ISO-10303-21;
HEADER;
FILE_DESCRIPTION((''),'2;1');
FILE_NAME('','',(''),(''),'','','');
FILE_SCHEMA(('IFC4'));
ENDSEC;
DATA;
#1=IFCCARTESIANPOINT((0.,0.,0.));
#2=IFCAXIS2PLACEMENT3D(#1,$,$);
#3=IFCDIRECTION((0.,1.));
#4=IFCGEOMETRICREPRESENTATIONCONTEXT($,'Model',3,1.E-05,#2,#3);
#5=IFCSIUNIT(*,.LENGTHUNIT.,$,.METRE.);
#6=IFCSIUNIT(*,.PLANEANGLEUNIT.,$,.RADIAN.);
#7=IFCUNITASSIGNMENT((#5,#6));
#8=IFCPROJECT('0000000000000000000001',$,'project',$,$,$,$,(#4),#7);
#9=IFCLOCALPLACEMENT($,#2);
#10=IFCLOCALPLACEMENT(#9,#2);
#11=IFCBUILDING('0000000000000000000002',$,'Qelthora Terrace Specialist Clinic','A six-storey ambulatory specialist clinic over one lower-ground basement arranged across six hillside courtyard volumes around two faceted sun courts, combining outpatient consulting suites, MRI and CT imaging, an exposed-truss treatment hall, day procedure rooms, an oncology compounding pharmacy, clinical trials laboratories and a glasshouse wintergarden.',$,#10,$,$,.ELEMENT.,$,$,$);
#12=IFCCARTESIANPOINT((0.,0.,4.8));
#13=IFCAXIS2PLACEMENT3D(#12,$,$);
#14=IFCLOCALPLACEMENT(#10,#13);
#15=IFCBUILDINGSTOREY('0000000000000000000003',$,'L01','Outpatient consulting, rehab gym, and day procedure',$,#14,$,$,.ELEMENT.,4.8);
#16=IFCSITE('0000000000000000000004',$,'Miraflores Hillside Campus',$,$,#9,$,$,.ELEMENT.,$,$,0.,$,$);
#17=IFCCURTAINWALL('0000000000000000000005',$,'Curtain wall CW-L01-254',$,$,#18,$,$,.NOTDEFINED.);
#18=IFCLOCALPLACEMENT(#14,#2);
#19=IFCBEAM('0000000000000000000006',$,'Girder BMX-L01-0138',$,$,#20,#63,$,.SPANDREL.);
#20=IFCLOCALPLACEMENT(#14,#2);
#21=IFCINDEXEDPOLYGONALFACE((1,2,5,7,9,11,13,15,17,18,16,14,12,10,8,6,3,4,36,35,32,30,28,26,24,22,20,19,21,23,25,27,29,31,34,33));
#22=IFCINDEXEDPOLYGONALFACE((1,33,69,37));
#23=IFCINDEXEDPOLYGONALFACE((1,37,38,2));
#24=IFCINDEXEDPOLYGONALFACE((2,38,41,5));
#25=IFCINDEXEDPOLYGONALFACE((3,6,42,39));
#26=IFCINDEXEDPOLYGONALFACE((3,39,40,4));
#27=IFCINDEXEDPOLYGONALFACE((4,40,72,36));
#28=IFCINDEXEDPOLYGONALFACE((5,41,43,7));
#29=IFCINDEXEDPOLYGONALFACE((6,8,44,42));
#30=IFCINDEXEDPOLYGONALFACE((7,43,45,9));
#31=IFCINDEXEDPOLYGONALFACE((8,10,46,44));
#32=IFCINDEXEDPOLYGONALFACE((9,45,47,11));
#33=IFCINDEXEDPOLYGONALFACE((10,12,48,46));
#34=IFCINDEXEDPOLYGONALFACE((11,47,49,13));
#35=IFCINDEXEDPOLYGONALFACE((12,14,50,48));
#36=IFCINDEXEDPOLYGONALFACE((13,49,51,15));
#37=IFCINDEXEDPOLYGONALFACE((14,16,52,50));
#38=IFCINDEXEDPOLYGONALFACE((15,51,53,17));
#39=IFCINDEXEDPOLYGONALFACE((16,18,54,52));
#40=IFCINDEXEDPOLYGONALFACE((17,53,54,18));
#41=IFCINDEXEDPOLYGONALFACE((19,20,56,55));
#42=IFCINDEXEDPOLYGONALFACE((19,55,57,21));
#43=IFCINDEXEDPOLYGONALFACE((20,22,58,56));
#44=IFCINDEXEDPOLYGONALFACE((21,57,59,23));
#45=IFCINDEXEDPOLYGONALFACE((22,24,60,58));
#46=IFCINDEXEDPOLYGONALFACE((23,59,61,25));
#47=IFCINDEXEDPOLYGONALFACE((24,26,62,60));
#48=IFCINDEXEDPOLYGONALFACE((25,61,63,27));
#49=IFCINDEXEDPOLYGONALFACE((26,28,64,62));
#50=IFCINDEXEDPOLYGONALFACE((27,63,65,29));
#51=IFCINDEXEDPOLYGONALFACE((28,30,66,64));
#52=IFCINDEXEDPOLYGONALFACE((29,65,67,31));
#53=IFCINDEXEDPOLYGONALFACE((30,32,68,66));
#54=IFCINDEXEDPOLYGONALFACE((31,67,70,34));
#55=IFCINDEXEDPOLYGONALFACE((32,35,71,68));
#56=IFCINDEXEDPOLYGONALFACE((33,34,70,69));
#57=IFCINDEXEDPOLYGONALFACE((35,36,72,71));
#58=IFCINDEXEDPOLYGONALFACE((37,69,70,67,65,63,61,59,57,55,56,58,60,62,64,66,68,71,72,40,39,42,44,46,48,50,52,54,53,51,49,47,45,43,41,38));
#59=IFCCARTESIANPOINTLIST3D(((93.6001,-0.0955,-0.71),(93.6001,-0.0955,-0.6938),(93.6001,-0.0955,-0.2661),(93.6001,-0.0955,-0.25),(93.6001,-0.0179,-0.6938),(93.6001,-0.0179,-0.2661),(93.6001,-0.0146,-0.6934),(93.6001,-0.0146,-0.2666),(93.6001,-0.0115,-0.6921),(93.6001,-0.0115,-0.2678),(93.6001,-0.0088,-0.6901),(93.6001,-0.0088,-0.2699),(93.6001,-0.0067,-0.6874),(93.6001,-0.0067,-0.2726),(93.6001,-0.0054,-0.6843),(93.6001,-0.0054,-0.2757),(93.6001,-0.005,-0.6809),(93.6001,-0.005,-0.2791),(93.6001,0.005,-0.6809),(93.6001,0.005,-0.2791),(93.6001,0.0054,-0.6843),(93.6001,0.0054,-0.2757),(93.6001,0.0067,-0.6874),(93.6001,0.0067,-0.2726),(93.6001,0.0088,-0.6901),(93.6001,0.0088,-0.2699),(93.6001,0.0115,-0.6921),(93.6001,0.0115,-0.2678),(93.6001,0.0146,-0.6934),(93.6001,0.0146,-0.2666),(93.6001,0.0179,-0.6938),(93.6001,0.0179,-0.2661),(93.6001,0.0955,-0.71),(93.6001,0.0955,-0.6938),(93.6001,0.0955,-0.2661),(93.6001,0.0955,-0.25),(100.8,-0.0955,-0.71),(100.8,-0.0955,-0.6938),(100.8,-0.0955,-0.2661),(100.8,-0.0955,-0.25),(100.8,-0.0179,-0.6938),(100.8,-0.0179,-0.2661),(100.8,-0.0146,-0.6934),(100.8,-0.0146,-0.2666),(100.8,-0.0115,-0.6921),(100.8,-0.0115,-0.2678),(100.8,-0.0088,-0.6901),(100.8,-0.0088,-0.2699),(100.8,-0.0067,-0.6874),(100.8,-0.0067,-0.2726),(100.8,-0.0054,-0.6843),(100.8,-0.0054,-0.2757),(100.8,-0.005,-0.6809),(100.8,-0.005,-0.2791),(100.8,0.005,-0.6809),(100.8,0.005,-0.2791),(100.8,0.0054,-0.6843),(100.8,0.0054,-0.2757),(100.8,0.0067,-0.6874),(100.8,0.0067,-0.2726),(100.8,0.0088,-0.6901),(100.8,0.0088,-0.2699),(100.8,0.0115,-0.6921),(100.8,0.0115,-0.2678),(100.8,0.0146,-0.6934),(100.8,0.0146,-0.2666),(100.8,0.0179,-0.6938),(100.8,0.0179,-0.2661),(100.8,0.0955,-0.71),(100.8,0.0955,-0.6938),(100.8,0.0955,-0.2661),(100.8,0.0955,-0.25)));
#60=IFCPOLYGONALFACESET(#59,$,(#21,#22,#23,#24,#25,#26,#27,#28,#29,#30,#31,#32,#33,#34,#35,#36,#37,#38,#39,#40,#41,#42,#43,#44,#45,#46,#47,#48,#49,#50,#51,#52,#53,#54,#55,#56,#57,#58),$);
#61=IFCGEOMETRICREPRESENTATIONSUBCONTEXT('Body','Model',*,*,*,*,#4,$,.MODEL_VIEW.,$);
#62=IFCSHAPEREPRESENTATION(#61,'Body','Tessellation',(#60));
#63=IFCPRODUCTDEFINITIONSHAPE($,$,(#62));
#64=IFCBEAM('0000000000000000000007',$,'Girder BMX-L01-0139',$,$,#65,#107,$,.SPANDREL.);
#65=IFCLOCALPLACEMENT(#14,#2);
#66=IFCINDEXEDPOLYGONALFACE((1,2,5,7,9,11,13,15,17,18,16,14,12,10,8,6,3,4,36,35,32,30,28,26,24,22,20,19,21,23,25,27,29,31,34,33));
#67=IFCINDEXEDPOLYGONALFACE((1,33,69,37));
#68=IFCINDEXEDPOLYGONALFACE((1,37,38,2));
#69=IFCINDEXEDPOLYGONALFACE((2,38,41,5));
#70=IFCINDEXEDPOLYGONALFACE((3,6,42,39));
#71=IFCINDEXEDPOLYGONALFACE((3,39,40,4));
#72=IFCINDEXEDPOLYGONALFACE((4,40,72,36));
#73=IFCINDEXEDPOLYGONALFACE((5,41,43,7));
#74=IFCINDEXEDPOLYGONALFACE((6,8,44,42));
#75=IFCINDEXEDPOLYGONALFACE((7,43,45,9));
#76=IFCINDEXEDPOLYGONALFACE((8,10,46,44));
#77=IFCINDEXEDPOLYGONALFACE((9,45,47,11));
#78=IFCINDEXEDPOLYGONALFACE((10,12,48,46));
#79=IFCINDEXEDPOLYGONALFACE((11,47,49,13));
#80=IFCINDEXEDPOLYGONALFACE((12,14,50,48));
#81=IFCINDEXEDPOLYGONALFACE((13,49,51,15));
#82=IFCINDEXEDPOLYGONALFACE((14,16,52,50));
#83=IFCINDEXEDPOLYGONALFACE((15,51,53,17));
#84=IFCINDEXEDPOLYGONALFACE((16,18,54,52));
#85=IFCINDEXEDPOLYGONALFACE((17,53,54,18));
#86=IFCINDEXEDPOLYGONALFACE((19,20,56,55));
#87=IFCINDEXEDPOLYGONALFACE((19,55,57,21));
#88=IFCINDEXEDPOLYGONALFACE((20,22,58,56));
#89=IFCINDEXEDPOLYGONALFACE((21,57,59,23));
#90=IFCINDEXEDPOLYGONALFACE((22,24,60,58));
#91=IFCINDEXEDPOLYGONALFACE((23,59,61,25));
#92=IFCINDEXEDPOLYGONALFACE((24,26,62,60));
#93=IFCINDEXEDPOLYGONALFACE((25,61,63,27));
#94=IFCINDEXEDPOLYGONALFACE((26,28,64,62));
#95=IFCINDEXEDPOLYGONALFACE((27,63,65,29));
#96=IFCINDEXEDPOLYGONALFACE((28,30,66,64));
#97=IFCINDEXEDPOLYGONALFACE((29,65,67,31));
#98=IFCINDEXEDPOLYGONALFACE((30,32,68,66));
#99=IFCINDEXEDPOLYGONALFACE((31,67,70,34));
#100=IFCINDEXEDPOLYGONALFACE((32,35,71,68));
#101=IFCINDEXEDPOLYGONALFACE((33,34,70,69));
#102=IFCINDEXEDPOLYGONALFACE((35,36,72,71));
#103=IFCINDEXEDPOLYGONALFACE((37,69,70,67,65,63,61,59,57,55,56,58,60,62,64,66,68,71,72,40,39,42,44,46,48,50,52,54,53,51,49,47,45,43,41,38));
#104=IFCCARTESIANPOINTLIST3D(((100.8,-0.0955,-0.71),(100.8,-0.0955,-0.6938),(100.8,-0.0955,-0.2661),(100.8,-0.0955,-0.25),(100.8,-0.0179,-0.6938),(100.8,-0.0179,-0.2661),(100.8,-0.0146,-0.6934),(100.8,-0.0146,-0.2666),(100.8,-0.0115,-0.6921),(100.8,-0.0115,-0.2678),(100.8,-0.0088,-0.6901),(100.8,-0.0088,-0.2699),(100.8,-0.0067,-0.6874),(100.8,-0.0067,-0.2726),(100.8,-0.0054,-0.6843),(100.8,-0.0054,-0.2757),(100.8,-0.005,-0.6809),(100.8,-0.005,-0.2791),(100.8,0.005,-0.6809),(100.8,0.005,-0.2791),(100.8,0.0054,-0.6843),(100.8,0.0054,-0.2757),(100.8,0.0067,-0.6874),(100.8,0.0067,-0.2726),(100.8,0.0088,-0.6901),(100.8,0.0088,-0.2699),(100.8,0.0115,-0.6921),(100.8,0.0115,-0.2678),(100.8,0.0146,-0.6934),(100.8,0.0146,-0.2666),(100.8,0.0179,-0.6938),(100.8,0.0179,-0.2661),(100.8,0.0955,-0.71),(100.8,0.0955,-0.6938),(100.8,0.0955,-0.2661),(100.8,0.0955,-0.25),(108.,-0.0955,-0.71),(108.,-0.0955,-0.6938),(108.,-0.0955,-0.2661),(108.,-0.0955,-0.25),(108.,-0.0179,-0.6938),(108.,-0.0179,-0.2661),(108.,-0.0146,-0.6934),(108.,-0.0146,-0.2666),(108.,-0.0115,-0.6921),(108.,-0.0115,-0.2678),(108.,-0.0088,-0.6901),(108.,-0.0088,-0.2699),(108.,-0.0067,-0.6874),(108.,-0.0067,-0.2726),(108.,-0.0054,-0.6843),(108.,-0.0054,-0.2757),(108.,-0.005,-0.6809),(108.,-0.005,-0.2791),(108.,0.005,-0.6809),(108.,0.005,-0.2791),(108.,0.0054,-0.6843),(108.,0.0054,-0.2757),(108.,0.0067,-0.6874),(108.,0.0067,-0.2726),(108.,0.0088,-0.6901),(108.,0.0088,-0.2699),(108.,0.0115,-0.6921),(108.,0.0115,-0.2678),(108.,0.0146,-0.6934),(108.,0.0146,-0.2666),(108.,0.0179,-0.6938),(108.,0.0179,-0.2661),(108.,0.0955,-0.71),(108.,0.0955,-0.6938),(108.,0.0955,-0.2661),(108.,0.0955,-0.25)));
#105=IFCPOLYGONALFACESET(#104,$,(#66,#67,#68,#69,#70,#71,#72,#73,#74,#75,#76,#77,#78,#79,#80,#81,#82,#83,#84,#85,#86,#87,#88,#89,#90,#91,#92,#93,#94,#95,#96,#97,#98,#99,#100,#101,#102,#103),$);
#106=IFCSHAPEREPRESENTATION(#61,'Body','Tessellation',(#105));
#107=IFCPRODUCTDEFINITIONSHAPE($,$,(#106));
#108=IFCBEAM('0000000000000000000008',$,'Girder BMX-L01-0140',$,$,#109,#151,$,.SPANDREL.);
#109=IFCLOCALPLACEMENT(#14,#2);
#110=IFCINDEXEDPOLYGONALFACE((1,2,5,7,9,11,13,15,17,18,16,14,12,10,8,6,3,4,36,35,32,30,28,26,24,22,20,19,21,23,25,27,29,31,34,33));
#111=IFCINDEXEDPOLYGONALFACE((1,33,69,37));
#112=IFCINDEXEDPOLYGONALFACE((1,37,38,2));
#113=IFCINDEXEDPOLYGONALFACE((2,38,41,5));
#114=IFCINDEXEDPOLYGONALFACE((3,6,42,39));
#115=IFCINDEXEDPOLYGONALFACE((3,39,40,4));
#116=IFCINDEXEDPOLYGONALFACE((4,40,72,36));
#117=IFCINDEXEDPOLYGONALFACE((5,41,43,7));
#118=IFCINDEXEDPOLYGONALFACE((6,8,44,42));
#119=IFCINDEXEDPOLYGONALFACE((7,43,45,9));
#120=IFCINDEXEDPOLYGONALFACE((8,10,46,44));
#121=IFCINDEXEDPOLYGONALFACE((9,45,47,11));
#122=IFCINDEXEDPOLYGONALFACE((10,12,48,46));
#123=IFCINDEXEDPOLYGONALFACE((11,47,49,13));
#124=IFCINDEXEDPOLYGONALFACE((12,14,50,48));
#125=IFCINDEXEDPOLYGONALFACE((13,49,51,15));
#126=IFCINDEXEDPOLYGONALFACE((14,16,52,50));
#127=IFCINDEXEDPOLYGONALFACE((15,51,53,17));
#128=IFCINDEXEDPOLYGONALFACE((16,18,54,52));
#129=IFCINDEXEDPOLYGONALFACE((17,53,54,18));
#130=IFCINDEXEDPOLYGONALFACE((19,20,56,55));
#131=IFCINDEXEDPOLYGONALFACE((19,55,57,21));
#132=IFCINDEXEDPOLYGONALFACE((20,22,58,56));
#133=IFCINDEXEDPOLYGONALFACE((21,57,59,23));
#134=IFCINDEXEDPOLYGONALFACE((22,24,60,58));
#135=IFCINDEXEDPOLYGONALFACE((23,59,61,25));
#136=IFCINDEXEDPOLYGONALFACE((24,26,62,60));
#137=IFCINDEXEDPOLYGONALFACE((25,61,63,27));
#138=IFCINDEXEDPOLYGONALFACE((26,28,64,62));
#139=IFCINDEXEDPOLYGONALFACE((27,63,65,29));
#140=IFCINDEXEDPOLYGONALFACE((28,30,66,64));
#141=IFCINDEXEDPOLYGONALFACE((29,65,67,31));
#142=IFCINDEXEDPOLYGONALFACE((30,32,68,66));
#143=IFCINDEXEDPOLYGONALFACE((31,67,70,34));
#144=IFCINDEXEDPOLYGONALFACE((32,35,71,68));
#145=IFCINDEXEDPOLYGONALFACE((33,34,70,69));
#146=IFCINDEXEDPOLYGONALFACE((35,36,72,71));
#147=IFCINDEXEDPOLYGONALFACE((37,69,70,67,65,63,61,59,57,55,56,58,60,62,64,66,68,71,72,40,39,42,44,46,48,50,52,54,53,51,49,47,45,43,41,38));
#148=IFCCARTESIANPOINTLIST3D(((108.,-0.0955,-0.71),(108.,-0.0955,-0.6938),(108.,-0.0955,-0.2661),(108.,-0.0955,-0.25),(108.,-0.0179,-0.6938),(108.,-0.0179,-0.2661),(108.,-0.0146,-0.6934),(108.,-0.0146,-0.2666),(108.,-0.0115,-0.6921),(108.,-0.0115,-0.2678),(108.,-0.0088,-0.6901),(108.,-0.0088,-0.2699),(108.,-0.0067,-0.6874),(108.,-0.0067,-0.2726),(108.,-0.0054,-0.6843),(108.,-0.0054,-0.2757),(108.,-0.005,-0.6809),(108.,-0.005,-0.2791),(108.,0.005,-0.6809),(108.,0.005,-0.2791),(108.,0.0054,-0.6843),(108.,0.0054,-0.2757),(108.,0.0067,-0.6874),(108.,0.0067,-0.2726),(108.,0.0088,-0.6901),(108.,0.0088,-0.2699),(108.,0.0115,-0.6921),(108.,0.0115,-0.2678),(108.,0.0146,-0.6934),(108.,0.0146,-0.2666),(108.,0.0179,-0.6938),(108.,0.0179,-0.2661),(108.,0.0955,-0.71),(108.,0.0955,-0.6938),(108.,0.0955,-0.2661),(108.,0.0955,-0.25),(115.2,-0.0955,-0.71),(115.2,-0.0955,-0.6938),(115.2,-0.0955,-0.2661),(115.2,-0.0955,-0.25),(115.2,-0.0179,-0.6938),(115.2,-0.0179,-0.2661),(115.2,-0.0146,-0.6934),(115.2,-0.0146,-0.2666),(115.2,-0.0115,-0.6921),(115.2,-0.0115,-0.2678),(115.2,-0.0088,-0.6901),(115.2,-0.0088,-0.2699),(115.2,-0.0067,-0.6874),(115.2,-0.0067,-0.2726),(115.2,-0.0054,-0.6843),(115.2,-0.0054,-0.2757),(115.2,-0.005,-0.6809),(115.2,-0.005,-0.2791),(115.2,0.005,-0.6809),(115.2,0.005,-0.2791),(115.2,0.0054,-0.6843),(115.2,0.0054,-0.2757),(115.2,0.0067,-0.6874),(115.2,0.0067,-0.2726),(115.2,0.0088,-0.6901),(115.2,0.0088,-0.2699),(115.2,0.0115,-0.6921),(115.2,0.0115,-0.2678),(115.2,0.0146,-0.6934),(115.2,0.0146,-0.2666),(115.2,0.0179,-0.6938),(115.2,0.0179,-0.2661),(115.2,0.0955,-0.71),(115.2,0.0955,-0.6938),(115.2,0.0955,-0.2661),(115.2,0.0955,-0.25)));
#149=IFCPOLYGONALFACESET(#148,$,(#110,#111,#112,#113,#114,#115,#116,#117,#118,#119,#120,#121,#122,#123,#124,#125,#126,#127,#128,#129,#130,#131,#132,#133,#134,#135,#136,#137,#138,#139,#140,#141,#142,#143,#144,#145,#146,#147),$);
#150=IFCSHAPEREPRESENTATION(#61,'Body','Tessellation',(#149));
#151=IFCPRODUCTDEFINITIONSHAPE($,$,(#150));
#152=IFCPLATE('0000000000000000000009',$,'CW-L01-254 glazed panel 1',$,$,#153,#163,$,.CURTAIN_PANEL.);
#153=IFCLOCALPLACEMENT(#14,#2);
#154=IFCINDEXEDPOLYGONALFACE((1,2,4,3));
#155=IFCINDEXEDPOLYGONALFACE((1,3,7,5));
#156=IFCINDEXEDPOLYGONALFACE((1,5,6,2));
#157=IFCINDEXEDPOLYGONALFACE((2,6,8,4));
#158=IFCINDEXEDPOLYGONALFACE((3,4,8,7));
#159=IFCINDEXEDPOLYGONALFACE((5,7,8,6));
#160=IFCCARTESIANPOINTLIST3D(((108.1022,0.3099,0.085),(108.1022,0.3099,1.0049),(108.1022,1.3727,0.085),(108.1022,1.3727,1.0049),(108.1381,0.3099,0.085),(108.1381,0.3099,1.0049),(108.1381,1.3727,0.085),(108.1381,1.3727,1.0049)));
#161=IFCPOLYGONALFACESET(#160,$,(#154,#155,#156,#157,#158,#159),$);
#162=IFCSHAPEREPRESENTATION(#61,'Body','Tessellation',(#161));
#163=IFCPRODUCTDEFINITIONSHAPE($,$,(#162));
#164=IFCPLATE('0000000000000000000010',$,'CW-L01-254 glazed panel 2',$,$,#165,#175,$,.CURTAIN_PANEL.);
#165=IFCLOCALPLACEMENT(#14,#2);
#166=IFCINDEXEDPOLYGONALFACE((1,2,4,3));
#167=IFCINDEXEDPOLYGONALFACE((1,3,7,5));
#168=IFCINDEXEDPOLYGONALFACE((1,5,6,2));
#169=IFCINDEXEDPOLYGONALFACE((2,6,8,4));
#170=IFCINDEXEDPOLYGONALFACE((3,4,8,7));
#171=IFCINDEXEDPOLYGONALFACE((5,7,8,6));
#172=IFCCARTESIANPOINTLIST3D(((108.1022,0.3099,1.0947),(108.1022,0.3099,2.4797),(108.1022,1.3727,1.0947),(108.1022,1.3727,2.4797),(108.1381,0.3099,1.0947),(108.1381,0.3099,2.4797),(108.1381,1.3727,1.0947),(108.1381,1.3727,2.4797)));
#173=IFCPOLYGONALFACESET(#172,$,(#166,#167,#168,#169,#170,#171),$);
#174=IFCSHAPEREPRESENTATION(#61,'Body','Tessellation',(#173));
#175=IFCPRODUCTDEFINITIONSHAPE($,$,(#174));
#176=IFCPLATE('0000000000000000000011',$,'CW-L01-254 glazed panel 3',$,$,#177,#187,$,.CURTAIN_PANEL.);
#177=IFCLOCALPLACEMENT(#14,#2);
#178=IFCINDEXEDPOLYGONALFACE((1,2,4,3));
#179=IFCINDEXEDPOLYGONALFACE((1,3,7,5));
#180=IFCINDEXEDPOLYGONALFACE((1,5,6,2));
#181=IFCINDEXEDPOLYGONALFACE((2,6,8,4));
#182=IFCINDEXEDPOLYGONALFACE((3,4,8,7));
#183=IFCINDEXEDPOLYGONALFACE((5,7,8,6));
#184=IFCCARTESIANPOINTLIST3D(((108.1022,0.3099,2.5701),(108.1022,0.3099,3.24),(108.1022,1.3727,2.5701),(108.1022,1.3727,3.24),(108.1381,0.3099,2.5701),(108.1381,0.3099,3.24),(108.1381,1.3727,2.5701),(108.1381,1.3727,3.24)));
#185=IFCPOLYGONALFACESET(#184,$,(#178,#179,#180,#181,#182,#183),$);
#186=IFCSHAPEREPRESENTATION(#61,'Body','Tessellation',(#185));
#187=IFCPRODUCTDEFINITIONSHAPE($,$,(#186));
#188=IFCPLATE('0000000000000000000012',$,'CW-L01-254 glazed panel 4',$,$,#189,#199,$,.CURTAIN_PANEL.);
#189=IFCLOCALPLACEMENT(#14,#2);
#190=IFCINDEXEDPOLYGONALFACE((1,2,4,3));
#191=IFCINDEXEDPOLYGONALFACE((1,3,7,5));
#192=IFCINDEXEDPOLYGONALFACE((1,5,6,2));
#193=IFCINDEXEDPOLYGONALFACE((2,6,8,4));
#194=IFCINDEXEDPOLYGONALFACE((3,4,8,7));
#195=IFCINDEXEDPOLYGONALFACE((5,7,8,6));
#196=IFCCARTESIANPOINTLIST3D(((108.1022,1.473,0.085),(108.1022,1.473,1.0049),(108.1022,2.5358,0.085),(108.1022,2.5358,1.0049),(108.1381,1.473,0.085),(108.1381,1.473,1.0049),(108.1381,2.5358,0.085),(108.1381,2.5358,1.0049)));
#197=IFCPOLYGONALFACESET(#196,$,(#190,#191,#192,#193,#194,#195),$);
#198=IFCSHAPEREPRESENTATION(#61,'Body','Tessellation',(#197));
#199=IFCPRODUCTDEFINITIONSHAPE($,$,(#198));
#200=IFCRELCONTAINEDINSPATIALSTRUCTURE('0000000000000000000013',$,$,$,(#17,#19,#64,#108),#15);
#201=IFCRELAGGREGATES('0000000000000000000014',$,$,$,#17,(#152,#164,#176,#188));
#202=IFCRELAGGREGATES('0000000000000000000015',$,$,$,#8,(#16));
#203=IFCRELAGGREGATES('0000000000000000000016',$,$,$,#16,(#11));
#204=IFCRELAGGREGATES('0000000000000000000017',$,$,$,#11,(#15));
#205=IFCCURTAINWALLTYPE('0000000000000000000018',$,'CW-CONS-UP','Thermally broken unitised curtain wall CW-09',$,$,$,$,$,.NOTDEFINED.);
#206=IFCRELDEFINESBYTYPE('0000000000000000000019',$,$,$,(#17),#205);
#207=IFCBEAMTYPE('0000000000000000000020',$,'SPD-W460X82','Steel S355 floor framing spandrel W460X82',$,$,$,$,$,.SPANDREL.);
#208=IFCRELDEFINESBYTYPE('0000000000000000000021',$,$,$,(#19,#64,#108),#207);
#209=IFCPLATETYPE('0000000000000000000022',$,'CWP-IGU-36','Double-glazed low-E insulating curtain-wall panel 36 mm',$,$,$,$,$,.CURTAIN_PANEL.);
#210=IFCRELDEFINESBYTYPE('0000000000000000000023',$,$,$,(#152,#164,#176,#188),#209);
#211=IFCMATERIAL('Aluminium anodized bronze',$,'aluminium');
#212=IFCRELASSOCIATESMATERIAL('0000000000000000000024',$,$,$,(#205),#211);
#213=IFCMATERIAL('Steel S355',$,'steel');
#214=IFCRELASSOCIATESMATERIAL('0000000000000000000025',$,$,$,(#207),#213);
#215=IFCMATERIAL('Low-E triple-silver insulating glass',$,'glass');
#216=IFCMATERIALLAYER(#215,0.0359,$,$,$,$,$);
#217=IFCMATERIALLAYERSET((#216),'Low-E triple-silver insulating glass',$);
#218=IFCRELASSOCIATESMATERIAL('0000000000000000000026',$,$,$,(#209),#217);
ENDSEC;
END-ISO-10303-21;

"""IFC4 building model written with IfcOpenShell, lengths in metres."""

from ifc_helpers import new_model, si_unit, direction, frame, origin, origin_2d, place, context, subcontext, project, spatial, rectangle, i_section, extrude, material, layer, layer_set, material_profile, profile_set, type_object, element, aggregate, save


model = new_model("IFC4")

# Units and contexts
model_context = context("Model", 3, precision=1e-05, world=origin(), true_north=direction((0.0, 1.0)))
body_context = subcontext(model_context, "Body", "Model", "MODEL_VIEW")
ifc_project = project(units=[si_unit("LENGTHUNIT", "METRE"), si_unit("PLANEANGLEUNIT", "RADIAN")], contexts=[model_context])

# Site, building, storey
site_placement = place(None, origin())
site = spatial("IfcSite", under=ifc_project, at=site_placement, Name="Miraflores Hillside Campus", CompositionType="ELEMENT", RefElevation=0.0)
building_placement = place(site_placement, origin())
building = spatial("IfcBuilding", under=site, at=building_placement, Name="Qelthora Terrace Specialist Clinic", Description="A six-storey ambulatory specialist clinic over one lower-ground basement arranged across six hillside courtyard volumes around two faceted sun courts, combining outpatient consulting suites, MRI and CT imaging, an exposed-truss treatment hall, day procedure rooms, an oncology compounding pharmacy, clinical trials laboratories and a glasshouse wintergarden.", CompositionType="ELEMENT")
storey_placement = place(building_placement, frame((0.0, 0.0, 4.8)))
storey = spatial("IfcBuildingStorey", under=building, at=storey_placement, Name="L01", Description="Outpatient consulting, rehab gym, and day procedure", CompositionType="ELEMENT", Elevation=4.8)

# Shared definitions
ifc_material_1 = material(Name="Steel S355", Category="steel")

# Curtain wall
ifc_material_2 = material(Name="Aluminium anodized bronze", Category="aluminium")
curtain_wall_type = type_object("IfcCurtainWallType", Name="CW-CONS-UP", Description="Thermally broken unitised curtain wall CW-09", PredefinedType="NOTDEFINED", material=ifc_material_2)
curtain_wall_placement = place(storey_placement, origin())
curtain_wall = element("IfcCurtainWall", 1, at=curtain_wall_placement, inside=storey, type_object=curtain_wall_type, Name="Curtain wall CW-L01-254", PredefinedType="NOTDEFINED")

# Beams
ifc_material_profile_1 = material_profile(ifc_material_1, i_section(OverallWidth=0.1909, OverallDepth=0.46, WebThickness=0.01, FlangeThickness=0.0161, FilletRadius=0.0129, at=origin_2d()), Name="W460X82")
ifc_profile_set_1 = profile_set([ifc_material_profile_1], Name="Steel S355")
beam_type_1 = type_object("IfcBeamType", Name="SPD-W460X82", Description="Steel S355 floor framing spandrel W460X82", PredefinedType="SPANDREL", material=ifc_profile_set_1)
for number, where, z_axis, x_axis, name in (
    (2, (93.6001, 0.0, -0.48), (1.0, 0.0, 0.0), (0.0, 1.0, 0.0), "Girder BMX-L01-0138"),
    (3, (100.8, 0.0, -0.48), (1.0, 0.0, 0.0), (0.0, 1.0, 0.0), "Girder BMX-L01-0139"),
    (4, (108.0, 0.0, -0.48), (1.0, 0.0, 0.0), (0.0, 1.0, 0.0), "Girder BMX-L01-0140"),
):
    element("IfcBeam", number, at=place(storey_placement, frame(where, z_axis=z_axis, x_axis=x_axis)), inside=storey, type_object=beam_type_1, Name=name, PredefinedType="SPANDREL", context=body_context, shape_type="SweptSolid", body=[
        extrude(i_section(OverallWidth=0.1909, OverallDepth=0.46, WebThickness=0.01, FlangeThickness=0.0161, FilletRadius=0.0129, at=origin_2d()), origin(), (0.0, 0.0, 1.0), 7.2),
    ])

# Plates
ifc_material_3 = material(Name="Low-E triple-silver insulating glass", Category="glass")
ifc_layer_1 = layer(ifc_material_3, 0.0359)
ifc_layer_set_1 = layer_set([ifc_layer_1], Name="Low-E triple-silver insulating glass")
plate_type_1 = type_object("IfcPlateType", Name="CWP-IGU-36", Description="Double-glazed low-E insulating curtain-wall panel 36 mm", PredefinedType="CURTAIN_PANEL", material=ifc_layer_set_1)
plate_1_placement = place(storey_placement, frame((108.1201, 0.8413, 0.085), z_axis=(0.0, 0.0, 1.0), x_axis=(0.0, 1.0, 0.0)))
plate_1 = element("IfcPlate", 5, at=plate_1_placement, type_object=plate_type_1, Name="CW-L01-254 glazed panel 1", PredefinedType="CURTAIN_PANEL", context=body_context, shape_type="SweptSolid", body=[
    extrude(rectangle(XDim=1.0627, YDim=0.0359, at=origin_2d()), origin(), (0.0, 0.0, 1.0), 0.9199),
])
plate_2_placement = place(storey_placement, frame((108.1201, 0.8413, 1.0947), z_axis=(0.0, 0.0, 1.0), x_axis=(0.0, 1.0, 0.0)))
plate_2 = element("IfcPlate", 6, at=plate_2_placement, type_object=plate_type_1, Name="CW-L01-254 glazed panel 2", PredefinedType="CURTAIN_PANEL", context=body_context, shape_type="SweptSolid", body=[
    extrude(rectangle(XDim=1.0627, YDim=0.0359, at=origin_2d()), origin(), (0.0, 0.0, 1.0), 1.385),
])
plate_3_placement = place(storey_placement, frame((108.1201, 0.8413, 2.5701), z_axis=(0.0, 0.0, 1.0), x_axis=(0.0, 1.0, 0.0)))
plate_3 = element("IfcPlate", 7, at=plate_3_placement, type_object=plate_type_1, Name="CW-L01-254 glazed panel 3", PredefinedType="CURTAIN_PANEL", context=body_context, shape_type="SweptSolid", body=[
    extrude(rectangle(XDim=1.0627, YDim=0.0359, at=origin_2d()), origin(), (0.0, 0.0, 1.0), 0.6699),
])
plate_4_placement = place(storey_placement, frame((108.1201, 2.0044, 0.085), z_axis=(0.0, 0.0, 1.0), x_axis=(0.0, 1.0, 0.0)))
plate_4 = element("IfcPlate", 8, at=plate_4_placement, type_object=plate_type_1, Name="CW-L01-254 glazed panel 4", PredefinedType="CURTAIN_PANEL", context=body_context, shape_type="SweptSolid", body=[
    extrude(rectangle(XDim=1.0627, YDim=0.0359, at=origin_2d()), origin(), (0.0, 0.0, 1.0), 0.9199),
])
aggregate(curtain_wall, [plate_1, plate_2, plate_3, plate_4])

save(model, "model.ifc")
